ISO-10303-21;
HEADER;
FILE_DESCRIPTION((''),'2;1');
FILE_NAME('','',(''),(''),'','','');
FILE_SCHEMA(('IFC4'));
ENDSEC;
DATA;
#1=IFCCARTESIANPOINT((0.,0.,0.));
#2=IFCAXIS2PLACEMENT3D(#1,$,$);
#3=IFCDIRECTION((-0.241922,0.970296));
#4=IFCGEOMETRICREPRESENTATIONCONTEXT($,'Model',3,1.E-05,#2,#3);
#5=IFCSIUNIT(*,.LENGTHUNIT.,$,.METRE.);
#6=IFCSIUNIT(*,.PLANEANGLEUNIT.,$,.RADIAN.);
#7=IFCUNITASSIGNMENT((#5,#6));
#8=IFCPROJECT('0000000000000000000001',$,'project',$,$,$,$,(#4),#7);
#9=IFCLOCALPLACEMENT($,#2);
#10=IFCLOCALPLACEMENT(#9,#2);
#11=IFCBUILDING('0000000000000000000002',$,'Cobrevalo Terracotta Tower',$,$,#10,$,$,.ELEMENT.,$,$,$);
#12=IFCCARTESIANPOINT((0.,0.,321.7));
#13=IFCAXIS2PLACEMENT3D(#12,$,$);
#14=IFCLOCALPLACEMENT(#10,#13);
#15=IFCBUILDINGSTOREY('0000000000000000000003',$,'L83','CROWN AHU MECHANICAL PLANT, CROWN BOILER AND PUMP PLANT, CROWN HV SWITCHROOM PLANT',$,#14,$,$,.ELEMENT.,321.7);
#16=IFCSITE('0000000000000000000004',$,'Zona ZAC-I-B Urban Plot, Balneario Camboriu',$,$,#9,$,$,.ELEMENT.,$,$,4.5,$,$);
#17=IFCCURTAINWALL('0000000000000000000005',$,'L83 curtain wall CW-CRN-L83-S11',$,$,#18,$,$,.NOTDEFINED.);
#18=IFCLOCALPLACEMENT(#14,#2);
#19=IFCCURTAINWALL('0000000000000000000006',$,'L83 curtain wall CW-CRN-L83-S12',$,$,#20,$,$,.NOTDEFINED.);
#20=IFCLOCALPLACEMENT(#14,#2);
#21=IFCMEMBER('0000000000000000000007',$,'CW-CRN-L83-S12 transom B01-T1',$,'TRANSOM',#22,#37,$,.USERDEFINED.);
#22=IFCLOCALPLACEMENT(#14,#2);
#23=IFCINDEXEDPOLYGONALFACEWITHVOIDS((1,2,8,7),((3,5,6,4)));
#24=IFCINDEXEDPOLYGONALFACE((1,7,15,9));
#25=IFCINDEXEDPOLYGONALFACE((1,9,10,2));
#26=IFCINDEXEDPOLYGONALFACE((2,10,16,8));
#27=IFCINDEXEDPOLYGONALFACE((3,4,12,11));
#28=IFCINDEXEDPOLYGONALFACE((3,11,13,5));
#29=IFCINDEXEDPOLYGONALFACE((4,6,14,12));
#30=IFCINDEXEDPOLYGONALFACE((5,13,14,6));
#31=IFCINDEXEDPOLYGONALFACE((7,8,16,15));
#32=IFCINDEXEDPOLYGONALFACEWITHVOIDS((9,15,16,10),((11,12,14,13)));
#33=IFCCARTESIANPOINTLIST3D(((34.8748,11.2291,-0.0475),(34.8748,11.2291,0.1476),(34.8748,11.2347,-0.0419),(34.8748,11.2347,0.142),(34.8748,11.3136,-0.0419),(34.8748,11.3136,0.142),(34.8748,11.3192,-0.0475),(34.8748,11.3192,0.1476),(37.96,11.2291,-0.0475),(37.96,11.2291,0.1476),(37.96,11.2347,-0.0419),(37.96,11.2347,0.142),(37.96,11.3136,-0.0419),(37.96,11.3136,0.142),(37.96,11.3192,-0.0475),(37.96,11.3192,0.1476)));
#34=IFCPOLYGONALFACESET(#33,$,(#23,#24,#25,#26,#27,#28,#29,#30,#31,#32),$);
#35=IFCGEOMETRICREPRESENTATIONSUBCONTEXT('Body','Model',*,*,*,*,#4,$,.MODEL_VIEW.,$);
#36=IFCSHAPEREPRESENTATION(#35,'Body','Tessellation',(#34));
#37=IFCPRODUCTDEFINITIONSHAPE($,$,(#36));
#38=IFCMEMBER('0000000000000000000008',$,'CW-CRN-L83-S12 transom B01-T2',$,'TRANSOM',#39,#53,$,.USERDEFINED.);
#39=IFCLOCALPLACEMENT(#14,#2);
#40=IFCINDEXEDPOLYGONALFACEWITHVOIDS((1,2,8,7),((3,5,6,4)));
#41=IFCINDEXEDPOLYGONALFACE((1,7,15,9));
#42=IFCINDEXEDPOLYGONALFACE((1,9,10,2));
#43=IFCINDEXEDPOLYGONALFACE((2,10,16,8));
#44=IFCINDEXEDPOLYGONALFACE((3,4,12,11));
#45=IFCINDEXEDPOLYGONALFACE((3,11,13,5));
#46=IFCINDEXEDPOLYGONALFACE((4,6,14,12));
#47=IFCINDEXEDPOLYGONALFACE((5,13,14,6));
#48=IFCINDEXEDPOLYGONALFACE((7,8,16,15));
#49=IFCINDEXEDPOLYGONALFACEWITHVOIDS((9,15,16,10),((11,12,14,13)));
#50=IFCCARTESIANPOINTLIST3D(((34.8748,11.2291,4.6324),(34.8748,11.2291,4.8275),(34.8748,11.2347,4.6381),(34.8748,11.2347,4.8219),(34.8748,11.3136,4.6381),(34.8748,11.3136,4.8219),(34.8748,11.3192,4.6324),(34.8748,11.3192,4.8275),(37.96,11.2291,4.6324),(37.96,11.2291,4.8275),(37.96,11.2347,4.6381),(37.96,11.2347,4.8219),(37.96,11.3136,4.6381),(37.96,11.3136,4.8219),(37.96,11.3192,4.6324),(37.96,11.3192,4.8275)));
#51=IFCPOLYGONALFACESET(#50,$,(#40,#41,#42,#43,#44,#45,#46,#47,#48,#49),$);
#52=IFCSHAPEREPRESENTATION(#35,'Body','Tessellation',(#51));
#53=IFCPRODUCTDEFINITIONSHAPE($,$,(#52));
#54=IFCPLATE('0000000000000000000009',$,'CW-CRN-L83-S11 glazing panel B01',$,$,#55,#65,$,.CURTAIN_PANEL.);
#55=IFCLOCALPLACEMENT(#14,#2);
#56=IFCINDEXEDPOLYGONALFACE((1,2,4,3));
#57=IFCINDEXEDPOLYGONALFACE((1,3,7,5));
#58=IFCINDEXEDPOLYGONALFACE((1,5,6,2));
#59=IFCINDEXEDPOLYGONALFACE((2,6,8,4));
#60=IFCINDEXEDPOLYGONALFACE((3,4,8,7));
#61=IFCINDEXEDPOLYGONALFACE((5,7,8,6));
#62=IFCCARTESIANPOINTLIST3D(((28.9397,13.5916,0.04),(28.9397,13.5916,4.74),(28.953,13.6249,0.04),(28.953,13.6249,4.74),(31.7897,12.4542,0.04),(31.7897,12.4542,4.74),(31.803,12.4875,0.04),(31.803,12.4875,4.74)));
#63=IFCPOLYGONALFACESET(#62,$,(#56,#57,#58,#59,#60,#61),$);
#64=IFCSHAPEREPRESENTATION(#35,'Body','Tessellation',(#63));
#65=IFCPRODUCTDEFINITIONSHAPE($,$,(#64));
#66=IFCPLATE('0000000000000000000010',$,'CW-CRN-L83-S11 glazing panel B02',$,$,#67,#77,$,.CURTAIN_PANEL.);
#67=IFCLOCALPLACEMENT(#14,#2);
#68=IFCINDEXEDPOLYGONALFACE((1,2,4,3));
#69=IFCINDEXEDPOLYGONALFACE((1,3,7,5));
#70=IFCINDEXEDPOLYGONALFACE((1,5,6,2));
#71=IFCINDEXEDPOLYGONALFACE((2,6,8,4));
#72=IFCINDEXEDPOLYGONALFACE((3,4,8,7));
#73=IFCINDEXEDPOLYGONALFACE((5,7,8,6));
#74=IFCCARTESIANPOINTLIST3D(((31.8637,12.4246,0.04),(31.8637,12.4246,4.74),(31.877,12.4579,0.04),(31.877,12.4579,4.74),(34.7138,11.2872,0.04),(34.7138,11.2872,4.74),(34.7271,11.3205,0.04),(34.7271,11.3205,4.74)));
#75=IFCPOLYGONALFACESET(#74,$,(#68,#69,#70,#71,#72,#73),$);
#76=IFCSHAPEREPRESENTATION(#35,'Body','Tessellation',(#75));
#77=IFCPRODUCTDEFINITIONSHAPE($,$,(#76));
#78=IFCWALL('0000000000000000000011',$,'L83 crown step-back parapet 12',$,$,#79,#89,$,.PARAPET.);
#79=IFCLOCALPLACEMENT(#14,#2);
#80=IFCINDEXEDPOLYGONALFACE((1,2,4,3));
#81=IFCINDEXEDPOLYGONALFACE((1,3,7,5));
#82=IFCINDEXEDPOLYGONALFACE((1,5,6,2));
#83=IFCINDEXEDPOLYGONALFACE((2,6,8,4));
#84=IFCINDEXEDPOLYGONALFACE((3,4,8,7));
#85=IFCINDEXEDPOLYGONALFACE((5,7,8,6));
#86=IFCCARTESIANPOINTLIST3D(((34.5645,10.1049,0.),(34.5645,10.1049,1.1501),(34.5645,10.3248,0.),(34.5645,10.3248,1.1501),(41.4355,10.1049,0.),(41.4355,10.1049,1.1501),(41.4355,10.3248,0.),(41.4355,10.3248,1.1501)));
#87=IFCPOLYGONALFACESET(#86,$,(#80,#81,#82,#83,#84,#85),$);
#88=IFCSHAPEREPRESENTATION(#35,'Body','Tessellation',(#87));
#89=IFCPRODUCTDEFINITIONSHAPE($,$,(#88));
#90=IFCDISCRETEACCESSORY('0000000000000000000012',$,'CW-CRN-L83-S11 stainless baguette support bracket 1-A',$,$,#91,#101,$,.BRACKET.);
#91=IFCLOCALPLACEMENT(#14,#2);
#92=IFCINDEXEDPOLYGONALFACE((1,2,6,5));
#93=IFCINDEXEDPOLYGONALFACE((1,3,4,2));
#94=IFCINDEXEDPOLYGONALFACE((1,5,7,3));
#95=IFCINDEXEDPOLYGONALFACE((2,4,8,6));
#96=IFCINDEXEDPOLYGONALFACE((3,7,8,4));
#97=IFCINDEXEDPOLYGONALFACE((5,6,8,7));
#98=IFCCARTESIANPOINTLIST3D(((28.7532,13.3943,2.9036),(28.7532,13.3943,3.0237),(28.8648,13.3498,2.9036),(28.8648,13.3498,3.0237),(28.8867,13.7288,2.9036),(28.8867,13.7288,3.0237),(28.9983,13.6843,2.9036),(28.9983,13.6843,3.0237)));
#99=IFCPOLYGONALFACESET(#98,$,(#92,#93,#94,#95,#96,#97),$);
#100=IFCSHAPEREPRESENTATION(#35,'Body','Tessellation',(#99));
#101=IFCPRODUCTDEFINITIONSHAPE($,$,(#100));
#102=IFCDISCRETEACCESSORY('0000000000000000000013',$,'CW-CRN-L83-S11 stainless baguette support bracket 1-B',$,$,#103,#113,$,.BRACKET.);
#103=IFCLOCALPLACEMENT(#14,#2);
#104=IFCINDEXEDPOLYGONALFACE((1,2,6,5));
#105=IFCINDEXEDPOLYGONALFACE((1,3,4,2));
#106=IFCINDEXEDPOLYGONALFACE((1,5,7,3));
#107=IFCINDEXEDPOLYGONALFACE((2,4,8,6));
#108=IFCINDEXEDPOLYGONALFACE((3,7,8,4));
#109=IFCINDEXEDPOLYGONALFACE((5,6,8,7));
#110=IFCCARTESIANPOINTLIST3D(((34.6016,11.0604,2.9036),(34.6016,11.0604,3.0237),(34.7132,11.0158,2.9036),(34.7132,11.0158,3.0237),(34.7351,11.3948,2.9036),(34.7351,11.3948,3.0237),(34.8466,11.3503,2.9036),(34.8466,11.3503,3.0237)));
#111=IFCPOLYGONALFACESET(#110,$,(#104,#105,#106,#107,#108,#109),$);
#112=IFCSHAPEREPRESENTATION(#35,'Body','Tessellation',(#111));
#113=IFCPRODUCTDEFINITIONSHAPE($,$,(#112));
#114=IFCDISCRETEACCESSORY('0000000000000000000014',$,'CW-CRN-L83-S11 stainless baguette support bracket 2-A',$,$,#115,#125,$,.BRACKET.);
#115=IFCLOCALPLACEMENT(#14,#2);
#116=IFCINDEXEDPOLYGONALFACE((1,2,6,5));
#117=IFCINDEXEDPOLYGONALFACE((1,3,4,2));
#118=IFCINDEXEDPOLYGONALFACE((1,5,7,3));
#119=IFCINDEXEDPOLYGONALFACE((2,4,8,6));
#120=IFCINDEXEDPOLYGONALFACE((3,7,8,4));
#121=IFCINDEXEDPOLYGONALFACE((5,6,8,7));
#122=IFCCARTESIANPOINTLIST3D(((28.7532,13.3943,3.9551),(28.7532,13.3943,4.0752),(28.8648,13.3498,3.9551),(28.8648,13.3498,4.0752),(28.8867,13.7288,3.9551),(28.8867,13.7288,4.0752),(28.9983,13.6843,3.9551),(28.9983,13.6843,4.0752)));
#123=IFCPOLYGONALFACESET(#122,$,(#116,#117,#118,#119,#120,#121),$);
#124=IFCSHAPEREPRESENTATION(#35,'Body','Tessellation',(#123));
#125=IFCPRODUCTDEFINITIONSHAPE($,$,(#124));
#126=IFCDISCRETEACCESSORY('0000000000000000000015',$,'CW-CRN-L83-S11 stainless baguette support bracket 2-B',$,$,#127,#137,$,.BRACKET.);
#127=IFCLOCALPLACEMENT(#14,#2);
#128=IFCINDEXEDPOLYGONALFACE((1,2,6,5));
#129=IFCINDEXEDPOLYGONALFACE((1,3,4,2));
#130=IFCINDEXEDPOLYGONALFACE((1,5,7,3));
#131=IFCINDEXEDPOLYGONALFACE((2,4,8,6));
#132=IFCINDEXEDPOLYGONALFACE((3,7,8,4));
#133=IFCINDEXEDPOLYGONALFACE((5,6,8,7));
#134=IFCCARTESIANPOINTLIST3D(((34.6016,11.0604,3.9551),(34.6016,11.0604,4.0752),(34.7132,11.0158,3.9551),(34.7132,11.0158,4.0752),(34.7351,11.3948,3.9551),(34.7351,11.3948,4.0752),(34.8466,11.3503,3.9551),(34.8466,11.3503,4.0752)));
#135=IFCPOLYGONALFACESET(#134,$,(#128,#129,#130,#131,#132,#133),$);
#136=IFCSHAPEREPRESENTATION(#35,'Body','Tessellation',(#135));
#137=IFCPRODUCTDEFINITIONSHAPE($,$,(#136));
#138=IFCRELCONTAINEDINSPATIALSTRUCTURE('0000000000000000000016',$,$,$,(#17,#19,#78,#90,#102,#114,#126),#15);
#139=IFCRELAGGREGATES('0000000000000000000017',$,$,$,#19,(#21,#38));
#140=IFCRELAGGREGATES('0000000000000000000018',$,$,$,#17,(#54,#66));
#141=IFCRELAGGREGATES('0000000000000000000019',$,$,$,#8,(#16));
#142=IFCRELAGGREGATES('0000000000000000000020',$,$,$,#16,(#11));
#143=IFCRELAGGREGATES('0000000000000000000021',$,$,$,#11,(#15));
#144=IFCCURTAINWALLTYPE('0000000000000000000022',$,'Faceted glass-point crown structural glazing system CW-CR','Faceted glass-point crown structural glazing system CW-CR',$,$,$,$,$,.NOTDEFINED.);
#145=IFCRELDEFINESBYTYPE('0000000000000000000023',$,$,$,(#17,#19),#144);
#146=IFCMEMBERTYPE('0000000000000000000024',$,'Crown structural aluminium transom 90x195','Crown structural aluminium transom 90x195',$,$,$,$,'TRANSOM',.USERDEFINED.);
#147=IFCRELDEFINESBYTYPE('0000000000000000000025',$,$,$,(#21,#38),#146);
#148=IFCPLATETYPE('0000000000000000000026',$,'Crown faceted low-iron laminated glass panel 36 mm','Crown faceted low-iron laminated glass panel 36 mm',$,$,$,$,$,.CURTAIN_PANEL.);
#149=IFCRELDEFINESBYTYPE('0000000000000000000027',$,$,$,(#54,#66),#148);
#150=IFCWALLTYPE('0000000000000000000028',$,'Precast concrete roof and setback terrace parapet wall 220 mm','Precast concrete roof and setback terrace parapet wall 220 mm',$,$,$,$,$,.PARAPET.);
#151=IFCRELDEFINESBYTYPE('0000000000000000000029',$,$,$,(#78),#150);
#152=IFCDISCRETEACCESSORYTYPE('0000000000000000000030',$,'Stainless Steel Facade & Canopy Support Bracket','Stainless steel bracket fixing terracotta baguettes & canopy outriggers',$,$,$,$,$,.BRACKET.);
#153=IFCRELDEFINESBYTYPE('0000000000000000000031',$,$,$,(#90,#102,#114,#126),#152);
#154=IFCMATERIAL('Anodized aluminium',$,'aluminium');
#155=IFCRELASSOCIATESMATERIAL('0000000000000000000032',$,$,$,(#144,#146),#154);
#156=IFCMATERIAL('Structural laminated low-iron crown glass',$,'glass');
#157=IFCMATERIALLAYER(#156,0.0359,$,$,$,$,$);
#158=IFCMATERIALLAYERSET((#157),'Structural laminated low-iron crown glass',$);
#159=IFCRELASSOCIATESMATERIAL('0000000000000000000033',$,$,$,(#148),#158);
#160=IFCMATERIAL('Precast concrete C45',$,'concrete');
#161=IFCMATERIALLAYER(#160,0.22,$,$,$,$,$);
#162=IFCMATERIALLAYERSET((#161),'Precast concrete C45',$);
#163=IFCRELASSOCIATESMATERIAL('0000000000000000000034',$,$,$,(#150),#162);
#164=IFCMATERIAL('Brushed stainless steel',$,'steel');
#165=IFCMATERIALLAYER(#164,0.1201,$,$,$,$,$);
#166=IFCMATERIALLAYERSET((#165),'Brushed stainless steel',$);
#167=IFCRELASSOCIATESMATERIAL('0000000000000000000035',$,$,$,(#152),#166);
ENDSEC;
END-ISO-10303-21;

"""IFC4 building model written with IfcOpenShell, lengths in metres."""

from ifc_helpers import new_model, si_unit, direction, frame, frame_2d, origin, origin_2d, place, context, subcontext, project, spatial, rectangle, hollow_rectangle, extrude, source, transform, mapped, material, layer, layer_set, material_profile, profile_set, type_object, element, aggregate, save


model = new_model("IFC4")

# Units and contexts
model_context = context("Model", 3, precision=1e-05, world=origin(), true_north=direction((-0.241922, 0.970296)))
body_context = subcontext(model_context, "Body", "Model", "MODEL_VIEW")
ifc_project = project(units=[si_unit("LENGTHUNIT", "METRE"), si_unit("PLANEANGLEUNIT", "RADIAN")], contexts=[model_context])

# Site, building, storey
site_placement = place(None, origin())
site = spatial("IfcSite", under=ifc_project, at=site_placement, Name="Zona ZAC-I-B Urban Plot, Balneario Camboriu", CompositionType="ELEMENT", RefElevation=4.5)
building_placement = place(site_placement, origin())
building = spatial("IfcBuilding", under=site, at=building_placement, Name="Cobrevalo Terracotta Tower", CompositionType="ELEMENT")
storey_placement = place(building_placement, frame((0.0, 0.0, 321.7)))
storey = spatial("IfcBuildingStorey", under=building, at=storey_placement, Name="L83", Description="CROWN AHU MECHANICAL PLANT, CROWN BOILER AND PUMP PLANT, CROWN HV SWITCHROOM PLANT", CompositionType="ELEMENT", Elevation=321.7)

# Curtain wall
ifc_material_1 = material(Name="Anodized aluminium", Category="aluminium")
curtain_wall_type = type_object("IfcCurtainWallType", Name="Faceted glass-point crown structural glazing system CW-CR", Description="Faceted glass-point crown structural glazing system CW-CR", PredefinedType="NOTDEFINED", material=ifc_material_1)
curtain_wall_1_placement = place(storey_placement, origin())
curtain_wall_1 = element("IfcCurtainWall", 1, at=curtain_wall_1_placement, inside=storey, type_object=curtain_wall_type, Name="L83 curtain wall CW-CRN-L83-S11", PredefinedType="NOTDEFINED")

# Curtain wall
curtain_wall_2_placement = place(storey_placement, origin())
curtain_wall_2 = element("IfcCurtainWall", 2, at=curtain_wall_2_placement, inside=storey, type_object=curtain_wall_type, Name="L83 curtain wall CW-CRN-L83-S12", PredefinedType="NOTDEFINED")

# Members
ifc_material_profile_1 = material_profile(ifc_material_1, hollow_rectangle(XDim=0.0901, YDim=0.1951, WallThickness=0.0056, at=origin_2d()), Name="CWT 90x195")
ifc_profile_set_1 = profile_set([ifc_material_profile_1], Name="Anodized aluminium")
member_type_1 = type_object("IfcMemberType", Name="Crown structural aluminium transom 90x195", Description="Crown structural aluminium transom 90x195", ElementType="TRANSOM", PredefinedType="USERDEFINED", material=ifc_profile_set_1)
shared_shape_1 = source(origin(), body_context, "Body", "SweptSolid", [
    extrude(hollow_rectangle(XDim=0.0901, YDim=0.1951, WallThickness=0.0056, at=origin_2d()), origin(), (0.0, 0.0, 1.0), 3.0852),
])
member_1_placement = place(storey_placement, frame((34.8748, 11.2742, 0.05), z_axis=(1.0, 0.0, 0.0), x_axis=(0.0, 1.0, 0.0)))
member_1 = element("IfcMember", 3, at=member_1_placement, type_object=member_type_1, Name="CW-CRN-L83-S12 transom B01-T1", ObjectType="TRANSOM", PredefinedType="USERDEFINED", context=body_context, shape_type="MappedRepresentation", body=[
    mapped(shared_shape_1, transform((0.0, 0.0, 0.0), scale=1.0)),
])
member_2_placement = place(storey_placement, frame((34.8748, 11.2742, 4.73), z_axis=(1.0, 0.0, 0.0), x_axis=(0.0, 1.0, 0.0)))
member_2 = element("IfcMember", 4, at=member_2_placement, type_object=member_type_1, Name="CW-CRN-L83-S12 transom B01-T2", ObjectType="TRANSOM", PredefinedType="USERDEFINED", context=body_context, shape_type="MappedRepresentation", body=[
    mapped(shared_shape_1, transform((0.0, 0.0, 0.0), scale=1.0)),
])
aggregate(curtain_wall_2, [member_1, member_2])

# Plates
ifc_material_2 = material(Name="Structural laminated low-iron crown glass", Category="glass")
ifc_layer_1 = layer(ifc_material_2, 0.0359)
ifc_layer_set_1 = layer_set([ifc_layer_1], Name="Structural laminated low-iron crown glass")
plate_type = type_object("IfcPlateType", Name="Crown faceted low-iron laminated glass panel 36 mm", Description="Crown faceted low-iron laminated glass panel 36 mm", PredefinedType="CURTAIN_PANEL", material=ifc_layer_set_1)
shared_shape_2 = source(origin(), body_context, "Body", "SweptSolid", [
    extrude(rectangle(XDim=3.0686, YDim=0.0359, at=origin_2d()), origin(), (0.0, 0.0, 1.0), 4.7),
])
plate_1_placement = place(storey_placement, frame((30.3713, 13.0396, 0.04), z_axis=(0.0, 0.0, 1.0), x_axis=(0.928769, -0.37066, 0.0)))
plate_1 = element("IfcPlate", 5, at=plate_1_placement, type_object=plate_type, Name="CW-CRN-L83-S11 glazing panel B01", PredefinedType="CURTAIN_PANEL", context=body_context, shape_type="MappedRepresentation", body=[
    mapped(shared_shape_2, transform((0.0, 0.0, 0.0), scale=1.0)),
])
plate_2_placement = place(storey_placement, frame((33.2954, 11.8726, 0.04), z_axis=(0.0, 0.0, 1.0), x_axis=(0.928769, -0.37066, 0.0)))
plate_2 = element("IfcPlate", 6, at=plate_2_placement, type_object=plate_type, Name="CW-CRN-L83-S11 glazing panel B02", PredefinedType="CURTAIN_PANEL", context=body_context, shape_type="MappedRepresentation", body=[
    mapped(shared_shape_2, transform((0.0, 0.0, 0.0), scale=1.0)),
])
aggregate(curtain_wall_1, [plate_1, plate_2])

# Wall
ifc_material_3 = material(Name="Precast concrete C45", Category="concrete")
ifc_layer_2 = layer(ifc_material_3, 0.22)
ifc_layer_set_2 = layer_set([ifc_layer_2], Name="Precast concrete C45")
wall_type = type_object("IfcWallType", Name="Precast concrete roof and setback terrace parapet wall 220 mm", Description="Precast concrete roof and setback terrace parapet wall 220 mm", PredefinedType="PARAPET", material=ifc_layer_set_2)
wall_placement = place(storey_placement, frame((34.5645, 10.2148, 0.0), z_axis=(0.0, 0.0, 1.0), x_axis=(1.0, 0.0, 0.0)))
element("IfcWall", 7, at=wall_placement, inside=storey, type_object=wall_type, Name="L83 crown step-back parapet 12", PredefinedType="PARAPET", context=body_context, shape_type="SweptSolid", body=[
    extrude(rectangle(XDim=6.8711, YDim=0.22, at=frame_2d((3.4355, 0.0))), origin(), (0.0, 0.0, 1.0), 1.1501),
])

# Discrete accessories
ifc_material_4 = material(Name="Brushed stainless steel", Category="steel")
ifc_layer_3 = layer(ifc_material_4, 0.1201)
ifc_layer_set_3 = layer_set([ifc_layer_3], Name="Brushed stainless steel")
discrete_accessory_type = type_object("IfcDiscreteAccessoryType", Name="Stainless Steel Facade & Canopy Support Bracket", Description="Stainless steel bracket fixing terracotta baguettes & canopy outriggers", PredefinedType="BRACKET", material=ifc_layer_set_3)
shared_shape_3 = source(origin(), body_context, "Body", "SweptSolid", [
    extrude(rectangle(XDim=0.1201, YDim=0.3601, at=origin_2d()), origin(), (0.0, 0.0, 1.0), 0.1201),
])
for number, where, z_axis, x_axis, name in (
    (8, (28.8757, 13.5393, 2.9036), (0.0, 0.0, 1.0), (0.928769, -0.37066, 0.0), "CW-CRN-L83-S11 stainless baguette support bracket 1-A"),
    (9, (34.7241, 11.2053, 2.9036), (0.0, 0.0, 1.0), (0.928769, -0.37066, 0.0), "CW-CRN-L83-S11 stainless baguette support bracket 1-B"),
    (10, (28.8757, 13.5393, 3.9551), (0.0, 0.0, 1.0), (0.928769, -0.37066, 0.0), "CW-CRN-L83-S11 stainless baguette support bracket 2-A"),
    (11, (34.7241, 11.2053, 3.9551), (0.0, 0.0, 1.0), (0.928769, -0.37066, 0.0), "CW-CRN-L83-S11 stainless baguette support bracket 2-B"),
):
    element("IfcDiscreteAccessory", number, at=place(storey_placement, frame(where, z_axis=z_axis, x_axis=x_axis)), inside=storey, type_object=discrete_accessory_type, Name=name, PredefinedType="BRACKET", context=body_context, shape_type="MappedRepresentation", body=[
        mapped(shared_shape_3, transform((0.0, 0.0, 0.0), scale=1.0)),
    ])

save(model, "model.ifc")
